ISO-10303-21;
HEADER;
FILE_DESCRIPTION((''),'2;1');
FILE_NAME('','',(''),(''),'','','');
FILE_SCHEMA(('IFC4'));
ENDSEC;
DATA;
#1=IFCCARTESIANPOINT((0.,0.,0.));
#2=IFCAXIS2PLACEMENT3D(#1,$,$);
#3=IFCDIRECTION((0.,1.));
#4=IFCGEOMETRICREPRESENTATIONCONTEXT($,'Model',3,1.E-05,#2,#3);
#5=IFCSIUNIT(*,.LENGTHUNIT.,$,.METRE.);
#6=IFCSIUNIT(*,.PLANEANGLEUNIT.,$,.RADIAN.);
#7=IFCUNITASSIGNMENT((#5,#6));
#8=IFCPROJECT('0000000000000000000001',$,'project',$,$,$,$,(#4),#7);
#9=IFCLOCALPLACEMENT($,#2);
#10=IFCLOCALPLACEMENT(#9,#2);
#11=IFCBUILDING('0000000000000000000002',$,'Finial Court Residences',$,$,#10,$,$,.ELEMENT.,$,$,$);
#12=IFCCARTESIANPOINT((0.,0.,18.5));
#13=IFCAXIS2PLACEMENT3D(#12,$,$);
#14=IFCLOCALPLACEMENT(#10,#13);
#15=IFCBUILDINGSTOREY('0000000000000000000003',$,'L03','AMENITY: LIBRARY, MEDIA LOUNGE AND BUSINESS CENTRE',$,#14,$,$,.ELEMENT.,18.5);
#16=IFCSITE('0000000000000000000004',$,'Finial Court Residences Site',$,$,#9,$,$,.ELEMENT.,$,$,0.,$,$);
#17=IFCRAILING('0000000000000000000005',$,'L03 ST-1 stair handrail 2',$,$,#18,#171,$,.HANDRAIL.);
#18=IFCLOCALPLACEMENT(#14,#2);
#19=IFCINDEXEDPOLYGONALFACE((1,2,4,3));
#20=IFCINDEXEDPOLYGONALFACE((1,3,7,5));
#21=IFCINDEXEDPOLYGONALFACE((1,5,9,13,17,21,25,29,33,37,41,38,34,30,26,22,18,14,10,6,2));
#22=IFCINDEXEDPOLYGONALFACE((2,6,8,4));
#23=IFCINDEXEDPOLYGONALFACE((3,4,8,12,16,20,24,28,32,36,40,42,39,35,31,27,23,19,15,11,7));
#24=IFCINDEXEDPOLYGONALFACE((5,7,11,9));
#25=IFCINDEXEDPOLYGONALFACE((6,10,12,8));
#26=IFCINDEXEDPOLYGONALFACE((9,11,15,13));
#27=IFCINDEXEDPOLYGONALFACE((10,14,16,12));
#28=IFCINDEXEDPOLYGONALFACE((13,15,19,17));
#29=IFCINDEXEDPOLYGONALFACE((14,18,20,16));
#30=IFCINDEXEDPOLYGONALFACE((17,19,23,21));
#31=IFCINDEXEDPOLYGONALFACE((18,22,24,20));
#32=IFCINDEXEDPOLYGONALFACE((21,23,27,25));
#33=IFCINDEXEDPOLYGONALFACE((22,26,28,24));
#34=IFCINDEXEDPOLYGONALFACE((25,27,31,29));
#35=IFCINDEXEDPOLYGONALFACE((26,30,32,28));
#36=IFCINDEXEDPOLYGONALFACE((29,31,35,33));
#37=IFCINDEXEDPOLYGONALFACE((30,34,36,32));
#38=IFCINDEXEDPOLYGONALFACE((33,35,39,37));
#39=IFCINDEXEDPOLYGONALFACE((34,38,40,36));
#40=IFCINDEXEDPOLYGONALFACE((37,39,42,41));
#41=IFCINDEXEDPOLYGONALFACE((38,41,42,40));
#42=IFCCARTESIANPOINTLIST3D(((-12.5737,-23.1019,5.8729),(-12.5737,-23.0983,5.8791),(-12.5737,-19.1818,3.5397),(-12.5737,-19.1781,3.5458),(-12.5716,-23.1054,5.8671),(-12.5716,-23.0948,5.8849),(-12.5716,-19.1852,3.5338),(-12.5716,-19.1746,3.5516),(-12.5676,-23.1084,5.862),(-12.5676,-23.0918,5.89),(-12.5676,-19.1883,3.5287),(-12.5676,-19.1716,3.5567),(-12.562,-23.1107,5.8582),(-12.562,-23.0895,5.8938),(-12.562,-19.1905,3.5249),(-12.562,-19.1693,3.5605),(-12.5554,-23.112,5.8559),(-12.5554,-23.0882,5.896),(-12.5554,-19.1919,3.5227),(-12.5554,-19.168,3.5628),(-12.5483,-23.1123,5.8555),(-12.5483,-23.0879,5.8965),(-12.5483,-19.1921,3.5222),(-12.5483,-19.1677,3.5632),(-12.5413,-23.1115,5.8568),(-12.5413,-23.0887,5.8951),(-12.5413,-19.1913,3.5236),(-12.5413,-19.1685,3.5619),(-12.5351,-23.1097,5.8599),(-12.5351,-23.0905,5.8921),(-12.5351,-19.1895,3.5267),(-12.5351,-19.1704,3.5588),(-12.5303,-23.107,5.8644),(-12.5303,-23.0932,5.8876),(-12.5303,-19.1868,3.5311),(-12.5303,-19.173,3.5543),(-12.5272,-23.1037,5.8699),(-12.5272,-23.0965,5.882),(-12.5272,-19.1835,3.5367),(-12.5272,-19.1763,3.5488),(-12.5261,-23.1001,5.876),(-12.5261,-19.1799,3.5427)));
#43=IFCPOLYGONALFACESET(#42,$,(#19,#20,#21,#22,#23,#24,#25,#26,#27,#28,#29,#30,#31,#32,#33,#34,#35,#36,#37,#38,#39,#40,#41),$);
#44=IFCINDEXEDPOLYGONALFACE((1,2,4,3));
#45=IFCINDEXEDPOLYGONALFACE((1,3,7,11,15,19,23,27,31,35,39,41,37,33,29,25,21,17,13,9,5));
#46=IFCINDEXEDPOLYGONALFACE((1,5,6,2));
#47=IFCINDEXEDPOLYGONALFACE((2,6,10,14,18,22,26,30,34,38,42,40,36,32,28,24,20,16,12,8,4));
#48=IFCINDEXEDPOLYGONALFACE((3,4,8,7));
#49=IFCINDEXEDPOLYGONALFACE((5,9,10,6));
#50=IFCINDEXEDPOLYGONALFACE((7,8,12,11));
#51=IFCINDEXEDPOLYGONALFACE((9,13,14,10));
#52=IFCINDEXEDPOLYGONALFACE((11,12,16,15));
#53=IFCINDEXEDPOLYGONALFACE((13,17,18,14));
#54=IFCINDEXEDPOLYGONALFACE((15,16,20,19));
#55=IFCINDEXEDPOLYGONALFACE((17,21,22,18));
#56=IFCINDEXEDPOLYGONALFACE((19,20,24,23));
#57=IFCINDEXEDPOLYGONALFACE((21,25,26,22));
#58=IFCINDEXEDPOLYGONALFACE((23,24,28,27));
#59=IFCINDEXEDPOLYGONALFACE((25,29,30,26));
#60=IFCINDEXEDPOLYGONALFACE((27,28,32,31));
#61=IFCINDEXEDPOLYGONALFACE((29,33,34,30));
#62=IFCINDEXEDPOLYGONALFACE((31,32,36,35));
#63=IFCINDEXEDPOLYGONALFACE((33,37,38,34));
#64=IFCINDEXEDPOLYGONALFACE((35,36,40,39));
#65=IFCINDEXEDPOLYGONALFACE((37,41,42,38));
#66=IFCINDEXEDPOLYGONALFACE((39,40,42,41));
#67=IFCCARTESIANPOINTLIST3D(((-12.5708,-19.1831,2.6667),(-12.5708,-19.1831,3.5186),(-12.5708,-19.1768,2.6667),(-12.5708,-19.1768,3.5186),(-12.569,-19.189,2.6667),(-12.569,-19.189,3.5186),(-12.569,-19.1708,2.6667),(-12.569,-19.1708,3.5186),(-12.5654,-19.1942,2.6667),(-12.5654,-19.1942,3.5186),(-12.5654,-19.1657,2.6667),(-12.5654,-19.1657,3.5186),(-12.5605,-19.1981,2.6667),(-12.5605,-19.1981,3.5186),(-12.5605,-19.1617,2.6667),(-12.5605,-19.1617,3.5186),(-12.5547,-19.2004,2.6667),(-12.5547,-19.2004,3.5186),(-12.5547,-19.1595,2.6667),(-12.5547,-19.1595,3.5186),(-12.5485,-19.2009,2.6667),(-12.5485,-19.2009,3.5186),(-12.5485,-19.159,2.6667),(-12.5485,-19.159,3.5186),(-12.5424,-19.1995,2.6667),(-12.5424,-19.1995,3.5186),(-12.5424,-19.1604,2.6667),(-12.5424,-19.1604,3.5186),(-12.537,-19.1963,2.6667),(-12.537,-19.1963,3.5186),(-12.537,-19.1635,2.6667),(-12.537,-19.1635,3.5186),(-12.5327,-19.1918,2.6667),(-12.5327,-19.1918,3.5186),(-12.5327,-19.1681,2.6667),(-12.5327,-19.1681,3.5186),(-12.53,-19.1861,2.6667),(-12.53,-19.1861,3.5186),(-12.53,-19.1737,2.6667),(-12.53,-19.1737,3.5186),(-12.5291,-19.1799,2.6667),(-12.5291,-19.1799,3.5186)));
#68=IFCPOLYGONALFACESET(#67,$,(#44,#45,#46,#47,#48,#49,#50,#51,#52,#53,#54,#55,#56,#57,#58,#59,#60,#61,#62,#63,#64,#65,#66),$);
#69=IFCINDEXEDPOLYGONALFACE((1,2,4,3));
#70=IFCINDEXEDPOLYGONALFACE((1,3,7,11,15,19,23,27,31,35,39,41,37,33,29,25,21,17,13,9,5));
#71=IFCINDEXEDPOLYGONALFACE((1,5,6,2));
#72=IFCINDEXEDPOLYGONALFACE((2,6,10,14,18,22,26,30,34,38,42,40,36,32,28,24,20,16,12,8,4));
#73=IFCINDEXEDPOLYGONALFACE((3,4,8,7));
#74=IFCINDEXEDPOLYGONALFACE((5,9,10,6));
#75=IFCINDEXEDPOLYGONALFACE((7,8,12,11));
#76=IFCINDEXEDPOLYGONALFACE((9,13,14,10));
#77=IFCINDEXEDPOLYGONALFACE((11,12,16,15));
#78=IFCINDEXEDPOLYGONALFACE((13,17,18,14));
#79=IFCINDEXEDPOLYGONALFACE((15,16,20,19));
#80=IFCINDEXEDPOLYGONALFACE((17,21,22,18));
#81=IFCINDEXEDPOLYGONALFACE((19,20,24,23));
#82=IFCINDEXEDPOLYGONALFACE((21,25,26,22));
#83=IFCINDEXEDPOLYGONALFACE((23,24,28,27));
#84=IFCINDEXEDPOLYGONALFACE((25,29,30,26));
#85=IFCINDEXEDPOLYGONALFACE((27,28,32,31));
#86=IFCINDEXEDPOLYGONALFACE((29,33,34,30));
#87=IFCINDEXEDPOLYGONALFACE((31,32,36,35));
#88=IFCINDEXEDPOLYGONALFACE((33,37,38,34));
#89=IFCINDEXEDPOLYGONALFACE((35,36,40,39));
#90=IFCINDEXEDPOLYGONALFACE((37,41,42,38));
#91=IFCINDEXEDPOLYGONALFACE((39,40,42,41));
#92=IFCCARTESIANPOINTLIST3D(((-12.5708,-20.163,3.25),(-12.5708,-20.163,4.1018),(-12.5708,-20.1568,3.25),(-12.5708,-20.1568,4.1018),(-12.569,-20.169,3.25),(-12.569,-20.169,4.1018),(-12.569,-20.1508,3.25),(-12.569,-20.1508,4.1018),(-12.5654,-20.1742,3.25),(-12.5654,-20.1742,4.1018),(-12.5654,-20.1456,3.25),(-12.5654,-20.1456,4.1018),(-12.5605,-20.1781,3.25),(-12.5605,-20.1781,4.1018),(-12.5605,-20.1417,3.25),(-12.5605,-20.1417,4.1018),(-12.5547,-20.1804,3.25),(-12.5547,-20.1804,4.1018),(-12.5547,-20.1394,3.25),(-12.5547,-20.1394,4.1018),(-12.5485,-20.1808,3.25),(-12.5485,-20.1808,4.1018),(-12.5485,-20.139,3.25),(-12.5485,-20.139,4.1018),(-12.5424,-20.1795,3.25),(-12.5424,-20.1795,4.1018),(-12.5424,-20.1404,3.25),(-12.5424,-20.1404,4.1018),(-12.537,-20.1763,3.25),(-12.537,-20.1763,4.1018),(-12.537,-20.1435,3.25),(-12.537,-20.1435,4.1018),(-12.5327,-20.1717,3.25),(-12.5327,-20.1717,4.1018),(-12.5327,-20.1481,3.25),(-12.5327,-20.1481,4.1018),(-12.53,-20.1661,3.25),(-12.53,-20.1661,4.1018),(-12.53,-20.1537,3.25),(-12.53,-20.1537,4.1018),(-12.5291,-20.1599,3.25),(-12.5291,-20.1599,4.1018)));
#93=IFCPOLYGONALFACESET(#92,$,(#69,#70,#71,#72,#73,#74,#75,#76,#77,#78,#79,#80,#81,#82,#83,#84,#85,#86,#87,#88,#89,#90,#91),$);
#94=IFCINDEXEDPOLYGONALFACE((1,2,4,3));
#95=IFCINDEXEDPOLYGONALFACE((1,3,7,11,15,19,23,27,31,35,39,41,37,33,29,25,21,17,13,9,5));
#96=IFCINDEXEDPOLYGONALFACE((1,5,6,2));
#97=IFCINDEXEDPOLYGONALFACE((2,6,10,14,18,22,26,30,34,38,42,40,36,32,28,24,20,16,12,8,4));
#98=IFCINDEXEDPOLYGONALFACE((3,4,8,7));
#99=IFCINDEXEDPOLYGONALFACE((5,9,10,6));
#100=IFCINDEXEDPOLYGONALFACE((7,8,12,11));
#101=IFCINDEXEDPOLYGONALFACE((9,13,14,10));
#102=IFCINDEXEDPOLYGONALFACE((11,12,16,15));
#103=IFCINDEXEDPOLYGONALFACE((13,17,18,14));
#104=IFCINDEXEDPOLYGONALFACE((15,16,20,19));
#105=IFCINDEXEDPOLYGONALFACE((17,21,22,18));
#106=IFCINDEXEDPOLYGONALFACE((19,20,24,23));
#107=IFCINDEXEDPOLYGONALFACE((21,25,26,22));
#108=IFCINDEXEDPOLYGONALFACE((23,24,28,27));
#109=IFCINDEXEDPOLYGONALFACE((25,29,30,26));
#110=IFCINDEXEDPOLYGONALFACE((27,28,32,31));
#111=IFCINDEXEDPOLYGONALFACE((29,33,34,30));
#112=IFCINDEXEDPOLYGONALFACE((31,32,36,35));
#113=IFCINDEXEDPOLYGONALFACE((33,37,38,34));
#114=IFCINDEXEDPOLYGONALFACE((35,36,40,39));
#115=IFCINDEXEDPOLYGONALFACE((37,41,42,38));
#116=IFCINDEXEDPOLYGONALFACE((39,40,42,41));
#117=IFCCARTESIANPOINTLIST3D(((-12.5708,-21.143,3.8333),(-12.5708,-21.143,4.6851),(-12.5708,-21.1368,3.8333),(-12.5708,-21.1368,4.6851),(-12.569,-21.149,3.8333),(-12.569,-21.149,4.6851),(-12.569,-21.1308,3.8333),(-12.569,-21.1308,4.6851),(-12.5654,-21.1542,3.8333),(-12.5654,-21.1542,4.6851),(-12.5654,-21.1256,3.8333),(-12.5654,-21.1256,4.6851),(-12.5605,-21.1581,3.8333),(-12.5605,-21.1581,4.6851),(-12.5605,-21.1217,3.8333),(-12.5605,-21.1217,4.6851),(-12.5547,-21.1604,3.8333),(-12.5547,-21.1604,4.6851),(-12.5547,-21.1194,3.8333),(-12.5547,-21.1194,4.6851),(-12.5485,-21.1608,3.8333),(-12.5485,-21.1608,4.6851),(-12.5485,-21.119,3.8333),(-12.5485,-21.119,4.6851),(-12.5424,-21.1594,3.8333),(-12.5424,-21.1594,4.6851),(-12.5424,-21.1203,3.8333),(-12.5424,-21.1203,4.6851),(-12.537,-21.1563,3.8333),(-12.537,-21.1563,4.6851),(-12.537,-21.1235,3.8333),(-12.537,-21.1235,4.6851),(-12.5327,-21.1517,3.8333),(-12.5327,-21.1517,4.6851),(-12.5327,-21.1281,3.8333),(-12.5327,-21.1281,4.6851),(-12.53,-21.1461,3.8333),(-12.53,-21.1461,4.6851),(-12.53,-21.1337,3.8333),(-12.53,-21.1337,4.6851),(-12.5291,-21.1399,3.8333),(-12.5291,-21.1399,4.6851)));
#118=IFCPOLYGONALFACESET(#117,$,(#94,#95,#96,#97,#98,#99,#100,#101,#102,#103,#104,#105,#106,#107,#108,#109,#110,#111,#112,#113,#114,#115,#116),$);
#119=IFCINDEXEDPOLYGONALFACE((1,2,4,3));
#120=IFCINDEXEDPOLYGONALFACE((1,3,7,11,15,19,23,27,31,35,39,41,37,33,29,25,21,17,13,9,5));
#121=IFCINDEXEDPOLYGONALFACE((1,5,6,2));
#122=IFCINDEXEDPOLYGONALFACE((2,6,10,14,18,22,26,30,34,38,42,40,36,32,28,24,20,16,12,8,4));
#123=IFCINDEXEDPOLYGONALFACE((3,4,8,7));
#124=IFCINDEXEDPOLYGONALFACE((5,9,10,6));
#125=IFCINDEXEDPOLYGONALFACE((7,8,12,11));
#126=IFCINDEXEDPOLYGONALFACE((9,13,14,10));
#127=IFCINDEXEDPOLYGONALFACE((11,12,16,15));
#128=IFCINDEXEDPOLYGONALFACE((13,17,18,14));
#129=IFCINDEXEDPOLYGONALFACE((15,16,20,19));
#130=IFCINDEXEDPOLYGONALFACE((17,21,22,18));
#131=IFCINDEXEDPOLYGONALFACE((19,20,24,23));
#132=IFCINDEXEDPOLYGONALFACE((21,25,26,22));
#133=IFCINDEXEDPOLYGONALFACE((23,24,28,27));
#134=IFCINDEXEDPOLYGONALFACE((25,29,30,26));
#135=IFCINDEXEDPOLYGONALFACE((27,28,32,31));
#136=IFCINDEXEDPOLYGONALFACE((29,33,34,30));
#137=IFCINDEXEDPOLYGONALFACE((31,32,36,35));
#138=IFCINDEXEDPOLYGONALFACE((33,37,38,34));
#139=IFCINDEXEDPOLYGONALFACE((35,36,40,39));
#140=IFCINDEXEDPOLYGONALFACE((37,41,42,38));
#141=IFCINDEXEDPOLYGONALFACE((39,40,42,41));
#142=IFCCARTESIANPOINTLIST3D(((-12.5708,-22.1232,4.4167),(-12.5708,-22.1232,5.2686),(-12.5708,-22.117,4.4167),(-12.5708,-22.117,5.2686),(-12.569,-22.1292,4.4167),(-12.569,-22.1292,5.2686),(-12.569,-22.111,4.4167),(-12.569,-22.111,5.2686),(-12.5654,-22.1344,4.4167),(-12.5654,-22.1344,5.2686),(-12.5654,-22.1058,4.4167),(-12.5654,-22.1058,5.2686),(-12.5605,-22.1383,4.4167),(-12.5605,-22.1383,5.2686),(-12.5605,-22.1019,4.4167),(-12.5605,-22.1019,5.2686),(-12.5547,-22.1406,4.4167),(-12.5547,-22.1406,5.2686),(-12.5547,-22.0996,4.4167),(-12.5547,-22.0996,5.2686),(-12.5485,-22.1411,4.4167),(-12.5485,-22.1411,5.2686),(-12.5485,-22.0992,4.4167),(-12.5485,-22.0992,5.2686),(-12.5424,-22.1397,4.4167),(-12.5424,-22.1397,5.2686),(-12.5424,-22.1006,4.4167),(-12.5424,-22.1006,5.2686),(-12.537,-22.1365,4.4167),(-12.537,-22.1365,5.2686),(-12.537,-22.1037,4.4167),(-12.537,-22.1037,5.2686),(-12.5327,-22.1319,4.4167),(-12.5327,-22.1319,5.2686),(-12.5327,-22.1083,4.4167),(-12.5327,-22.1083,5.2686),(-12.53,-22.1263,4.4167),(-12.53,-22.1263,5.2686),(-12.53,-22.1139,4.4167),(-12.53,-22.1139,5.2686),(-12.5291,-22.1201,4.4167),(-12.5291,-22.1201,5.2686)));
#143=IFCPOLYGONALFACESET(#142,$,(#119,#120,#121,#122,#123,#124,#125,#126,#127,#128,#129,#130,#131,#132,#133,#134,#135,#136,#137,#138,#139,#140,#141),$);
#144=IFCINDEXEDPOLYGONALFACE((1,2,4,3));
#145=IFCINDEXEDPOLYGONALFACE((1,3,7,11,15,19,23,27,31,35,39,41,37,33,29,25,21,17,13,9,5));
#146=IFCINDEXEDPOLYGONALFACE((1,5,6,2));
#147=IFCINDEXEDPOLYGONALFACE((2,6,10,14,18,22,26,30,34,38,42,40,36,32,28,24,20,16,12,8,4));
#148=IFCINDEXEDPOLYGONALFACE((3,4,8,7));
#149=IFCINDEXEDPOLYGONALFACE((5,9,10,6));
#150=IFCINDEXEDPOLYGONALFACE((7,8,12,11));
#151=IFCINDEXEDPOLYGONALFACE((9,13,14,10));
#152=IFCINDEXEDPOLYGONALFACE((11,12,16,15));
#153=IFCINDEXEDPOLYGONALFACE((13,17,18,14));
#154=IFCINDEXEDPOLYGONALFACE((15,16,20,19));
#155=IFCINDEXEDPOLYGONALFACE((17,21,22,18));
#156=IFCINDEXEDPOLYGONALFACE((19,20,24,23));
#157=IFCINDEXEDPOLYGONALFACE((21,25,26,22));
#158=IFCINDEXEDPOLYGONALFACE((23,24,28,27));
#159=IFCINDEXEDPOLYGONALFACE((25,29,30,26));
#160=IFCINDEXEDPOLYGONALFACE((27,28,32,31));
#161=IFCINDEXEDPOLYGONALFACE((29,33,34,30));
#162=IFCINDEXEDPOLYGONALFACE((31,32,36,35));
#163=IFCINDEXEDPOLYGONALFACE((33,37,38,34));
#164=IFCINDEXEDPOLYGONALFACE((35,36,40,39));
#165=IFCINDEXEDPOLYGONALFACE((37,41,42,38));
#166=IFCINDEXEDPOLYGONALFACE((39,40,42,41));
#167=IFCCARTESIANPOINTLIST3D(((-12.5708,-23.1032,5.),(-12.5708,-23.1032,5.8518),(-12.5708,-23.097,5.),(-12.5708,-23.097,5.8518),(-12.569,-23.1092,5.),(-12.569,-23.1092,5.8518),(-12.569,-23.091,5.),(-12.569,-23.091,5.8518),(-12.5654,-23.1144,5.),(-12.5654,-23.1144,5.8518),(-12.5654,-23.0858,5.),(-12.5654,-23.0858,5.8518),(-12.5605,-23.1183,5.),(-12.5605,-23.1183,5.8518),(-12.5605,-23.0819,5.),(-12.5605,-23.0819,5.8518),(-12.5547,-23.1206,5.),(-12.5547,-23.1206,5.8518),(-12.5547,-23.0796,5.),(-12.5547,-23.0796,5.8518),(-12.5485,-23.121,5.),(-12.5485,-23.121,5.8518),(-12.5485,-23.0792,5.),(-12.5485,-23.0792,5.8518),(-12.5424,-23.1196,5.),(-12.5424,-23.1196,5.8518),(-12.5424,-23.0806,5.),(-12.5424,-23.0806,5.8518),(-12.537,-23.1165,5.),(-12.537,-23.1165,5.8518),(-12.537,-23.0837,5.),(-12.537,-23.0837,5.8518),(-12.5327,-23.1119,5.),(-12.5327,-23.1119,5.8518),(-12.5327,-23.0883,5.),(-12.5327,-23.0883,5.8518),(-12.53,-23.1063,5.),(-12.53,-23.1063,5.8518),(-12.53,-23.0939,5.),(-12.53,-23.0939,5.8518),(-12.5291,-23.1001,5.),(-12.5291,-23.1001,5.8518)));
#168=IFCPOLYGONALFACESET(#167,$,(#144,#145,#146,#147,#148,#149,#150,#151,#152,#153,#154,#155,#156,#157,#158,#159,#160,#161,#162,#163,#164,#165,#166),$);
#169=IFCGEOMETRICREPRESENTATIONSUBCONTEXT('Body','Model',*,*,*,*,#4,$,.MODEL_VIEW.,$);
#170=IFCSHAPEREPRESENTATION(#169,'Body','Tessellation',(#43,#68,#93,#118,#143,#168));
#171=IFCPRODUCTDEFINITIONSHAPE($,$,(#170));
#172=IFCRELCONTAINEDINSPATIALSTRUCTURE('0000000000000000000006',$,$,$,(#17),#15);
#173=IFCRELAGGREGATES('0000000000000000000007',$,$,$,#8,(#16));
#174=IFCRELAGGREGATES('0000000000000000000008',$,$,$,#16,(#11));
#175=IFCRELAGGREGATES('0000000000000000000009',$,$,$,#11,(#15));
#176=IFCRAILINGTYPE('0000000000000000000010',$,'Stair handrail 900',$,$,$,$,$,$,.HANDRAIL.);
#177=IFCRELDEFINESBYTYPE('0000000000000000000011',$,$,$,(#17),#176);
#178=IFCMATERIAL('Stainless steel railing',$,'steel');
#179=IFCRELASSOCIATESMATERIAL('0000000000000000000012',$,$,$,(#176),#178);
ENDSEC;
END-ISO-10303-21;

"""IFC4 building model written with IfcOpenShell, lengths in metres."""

from ifc_helpers import new_model, si_unit, direction, frame, origin, origin_2d, place, context, subcontext, project, spatial, circle, extrude, material, type_object, element, save


model = new_model("IFC4")

# Units and contexts
model_context = context("Model", 3, precision=1e-05, world=origin(), true_north=direction((0.0, 1.0)))
body_context = subcontext(model_context, "Body", "Model", "MODEL_VIEW")
ifc_project = project(units=[si_unit("LENGTHUNIT", "METRE"), si_unit("PLANEANGLEUNIT", "RADIAN")], contexts=[model_context])

# Site, building, storey
site_placement = place(None, origin())
site = spatial("IfcSite", under=ifc_project, at=site_placement, Name="Finial Court Residences Site", CompositionType="ELEMENT", RefElevation=0.0)
building_placement = place(site_placement, origin())
building = spatial("IfcBuilding", under=site, at=building_placement, Name="Finial Court Residences", CompositionType="ELEMENT")
storey_placement = place(building_placement, frame((0.0, 0.0, 18.5)))
storey = spatial("IfcBuildingStorey", under=building, at=storey_placement, Name="L03", Description="AMENITY: LIBRARY, MEDIA LOUNGE AND BUSINESS CENTRE", CompositionType="ELEMENT", Elevation=18.5)

# Railing
ifc_material_1 = material(Name="Stainless steel railing", Category="steel")
railing_type = type_object("IfcRailingType", Name="Stair handrail 900", PredefinedType="HANDRAIL", material=ifc_material_1)
railing_placement = place(storey_placement, frame((-12.55, -19.1799, 2.6667)))
element("IfcRailing", 1, at=railing_placement, inside=storey, type_object=railing_type, Name="L03 ST-1 stair handrail 2", PredefinedType="HANDRAIL", context=body_context, shape_type="SweptSolid", body=[
    extrude(circle(Radius=0.0239, at=origin_2d()), frame((0.0, 0.0, 0.876), z_axis=(0.0, -0.85931, 0.511455), x_axis=(1.0, 0.0, 0.0)), (0.0, 0.0, 1.0), 4.562),
    extrude(circle(Radius=0.021, at=origin_2d()), origin(), (0.0, 0.0, 1.0), 0.8518),
    extrude(circle(Radius=0.021, at=origin_2d()), frame((0.0, -0.98, 0.5833)), (0.0, 0.0, 1.0), 0.8518),
    extrude(circle(Radius=0.021, at=origin_2d()), frame((0.0, -1.96, 1.1665)), (0.0, 0.0, 1.0), 0.8518),
    extrude(circle(Radius=0.021, at=origin_2d()), frame((0.0, -2.9402, 1.75)), (0.0, 0.0, 1.0), 0.8518),
    extrude(circle(Radius=0.021, at=origin_2d()), frame((0.0, -3.9202, 2.3333)), (0.0, 0.0, 1.0), 0.8518),
])

save(model, "model.ifc")
